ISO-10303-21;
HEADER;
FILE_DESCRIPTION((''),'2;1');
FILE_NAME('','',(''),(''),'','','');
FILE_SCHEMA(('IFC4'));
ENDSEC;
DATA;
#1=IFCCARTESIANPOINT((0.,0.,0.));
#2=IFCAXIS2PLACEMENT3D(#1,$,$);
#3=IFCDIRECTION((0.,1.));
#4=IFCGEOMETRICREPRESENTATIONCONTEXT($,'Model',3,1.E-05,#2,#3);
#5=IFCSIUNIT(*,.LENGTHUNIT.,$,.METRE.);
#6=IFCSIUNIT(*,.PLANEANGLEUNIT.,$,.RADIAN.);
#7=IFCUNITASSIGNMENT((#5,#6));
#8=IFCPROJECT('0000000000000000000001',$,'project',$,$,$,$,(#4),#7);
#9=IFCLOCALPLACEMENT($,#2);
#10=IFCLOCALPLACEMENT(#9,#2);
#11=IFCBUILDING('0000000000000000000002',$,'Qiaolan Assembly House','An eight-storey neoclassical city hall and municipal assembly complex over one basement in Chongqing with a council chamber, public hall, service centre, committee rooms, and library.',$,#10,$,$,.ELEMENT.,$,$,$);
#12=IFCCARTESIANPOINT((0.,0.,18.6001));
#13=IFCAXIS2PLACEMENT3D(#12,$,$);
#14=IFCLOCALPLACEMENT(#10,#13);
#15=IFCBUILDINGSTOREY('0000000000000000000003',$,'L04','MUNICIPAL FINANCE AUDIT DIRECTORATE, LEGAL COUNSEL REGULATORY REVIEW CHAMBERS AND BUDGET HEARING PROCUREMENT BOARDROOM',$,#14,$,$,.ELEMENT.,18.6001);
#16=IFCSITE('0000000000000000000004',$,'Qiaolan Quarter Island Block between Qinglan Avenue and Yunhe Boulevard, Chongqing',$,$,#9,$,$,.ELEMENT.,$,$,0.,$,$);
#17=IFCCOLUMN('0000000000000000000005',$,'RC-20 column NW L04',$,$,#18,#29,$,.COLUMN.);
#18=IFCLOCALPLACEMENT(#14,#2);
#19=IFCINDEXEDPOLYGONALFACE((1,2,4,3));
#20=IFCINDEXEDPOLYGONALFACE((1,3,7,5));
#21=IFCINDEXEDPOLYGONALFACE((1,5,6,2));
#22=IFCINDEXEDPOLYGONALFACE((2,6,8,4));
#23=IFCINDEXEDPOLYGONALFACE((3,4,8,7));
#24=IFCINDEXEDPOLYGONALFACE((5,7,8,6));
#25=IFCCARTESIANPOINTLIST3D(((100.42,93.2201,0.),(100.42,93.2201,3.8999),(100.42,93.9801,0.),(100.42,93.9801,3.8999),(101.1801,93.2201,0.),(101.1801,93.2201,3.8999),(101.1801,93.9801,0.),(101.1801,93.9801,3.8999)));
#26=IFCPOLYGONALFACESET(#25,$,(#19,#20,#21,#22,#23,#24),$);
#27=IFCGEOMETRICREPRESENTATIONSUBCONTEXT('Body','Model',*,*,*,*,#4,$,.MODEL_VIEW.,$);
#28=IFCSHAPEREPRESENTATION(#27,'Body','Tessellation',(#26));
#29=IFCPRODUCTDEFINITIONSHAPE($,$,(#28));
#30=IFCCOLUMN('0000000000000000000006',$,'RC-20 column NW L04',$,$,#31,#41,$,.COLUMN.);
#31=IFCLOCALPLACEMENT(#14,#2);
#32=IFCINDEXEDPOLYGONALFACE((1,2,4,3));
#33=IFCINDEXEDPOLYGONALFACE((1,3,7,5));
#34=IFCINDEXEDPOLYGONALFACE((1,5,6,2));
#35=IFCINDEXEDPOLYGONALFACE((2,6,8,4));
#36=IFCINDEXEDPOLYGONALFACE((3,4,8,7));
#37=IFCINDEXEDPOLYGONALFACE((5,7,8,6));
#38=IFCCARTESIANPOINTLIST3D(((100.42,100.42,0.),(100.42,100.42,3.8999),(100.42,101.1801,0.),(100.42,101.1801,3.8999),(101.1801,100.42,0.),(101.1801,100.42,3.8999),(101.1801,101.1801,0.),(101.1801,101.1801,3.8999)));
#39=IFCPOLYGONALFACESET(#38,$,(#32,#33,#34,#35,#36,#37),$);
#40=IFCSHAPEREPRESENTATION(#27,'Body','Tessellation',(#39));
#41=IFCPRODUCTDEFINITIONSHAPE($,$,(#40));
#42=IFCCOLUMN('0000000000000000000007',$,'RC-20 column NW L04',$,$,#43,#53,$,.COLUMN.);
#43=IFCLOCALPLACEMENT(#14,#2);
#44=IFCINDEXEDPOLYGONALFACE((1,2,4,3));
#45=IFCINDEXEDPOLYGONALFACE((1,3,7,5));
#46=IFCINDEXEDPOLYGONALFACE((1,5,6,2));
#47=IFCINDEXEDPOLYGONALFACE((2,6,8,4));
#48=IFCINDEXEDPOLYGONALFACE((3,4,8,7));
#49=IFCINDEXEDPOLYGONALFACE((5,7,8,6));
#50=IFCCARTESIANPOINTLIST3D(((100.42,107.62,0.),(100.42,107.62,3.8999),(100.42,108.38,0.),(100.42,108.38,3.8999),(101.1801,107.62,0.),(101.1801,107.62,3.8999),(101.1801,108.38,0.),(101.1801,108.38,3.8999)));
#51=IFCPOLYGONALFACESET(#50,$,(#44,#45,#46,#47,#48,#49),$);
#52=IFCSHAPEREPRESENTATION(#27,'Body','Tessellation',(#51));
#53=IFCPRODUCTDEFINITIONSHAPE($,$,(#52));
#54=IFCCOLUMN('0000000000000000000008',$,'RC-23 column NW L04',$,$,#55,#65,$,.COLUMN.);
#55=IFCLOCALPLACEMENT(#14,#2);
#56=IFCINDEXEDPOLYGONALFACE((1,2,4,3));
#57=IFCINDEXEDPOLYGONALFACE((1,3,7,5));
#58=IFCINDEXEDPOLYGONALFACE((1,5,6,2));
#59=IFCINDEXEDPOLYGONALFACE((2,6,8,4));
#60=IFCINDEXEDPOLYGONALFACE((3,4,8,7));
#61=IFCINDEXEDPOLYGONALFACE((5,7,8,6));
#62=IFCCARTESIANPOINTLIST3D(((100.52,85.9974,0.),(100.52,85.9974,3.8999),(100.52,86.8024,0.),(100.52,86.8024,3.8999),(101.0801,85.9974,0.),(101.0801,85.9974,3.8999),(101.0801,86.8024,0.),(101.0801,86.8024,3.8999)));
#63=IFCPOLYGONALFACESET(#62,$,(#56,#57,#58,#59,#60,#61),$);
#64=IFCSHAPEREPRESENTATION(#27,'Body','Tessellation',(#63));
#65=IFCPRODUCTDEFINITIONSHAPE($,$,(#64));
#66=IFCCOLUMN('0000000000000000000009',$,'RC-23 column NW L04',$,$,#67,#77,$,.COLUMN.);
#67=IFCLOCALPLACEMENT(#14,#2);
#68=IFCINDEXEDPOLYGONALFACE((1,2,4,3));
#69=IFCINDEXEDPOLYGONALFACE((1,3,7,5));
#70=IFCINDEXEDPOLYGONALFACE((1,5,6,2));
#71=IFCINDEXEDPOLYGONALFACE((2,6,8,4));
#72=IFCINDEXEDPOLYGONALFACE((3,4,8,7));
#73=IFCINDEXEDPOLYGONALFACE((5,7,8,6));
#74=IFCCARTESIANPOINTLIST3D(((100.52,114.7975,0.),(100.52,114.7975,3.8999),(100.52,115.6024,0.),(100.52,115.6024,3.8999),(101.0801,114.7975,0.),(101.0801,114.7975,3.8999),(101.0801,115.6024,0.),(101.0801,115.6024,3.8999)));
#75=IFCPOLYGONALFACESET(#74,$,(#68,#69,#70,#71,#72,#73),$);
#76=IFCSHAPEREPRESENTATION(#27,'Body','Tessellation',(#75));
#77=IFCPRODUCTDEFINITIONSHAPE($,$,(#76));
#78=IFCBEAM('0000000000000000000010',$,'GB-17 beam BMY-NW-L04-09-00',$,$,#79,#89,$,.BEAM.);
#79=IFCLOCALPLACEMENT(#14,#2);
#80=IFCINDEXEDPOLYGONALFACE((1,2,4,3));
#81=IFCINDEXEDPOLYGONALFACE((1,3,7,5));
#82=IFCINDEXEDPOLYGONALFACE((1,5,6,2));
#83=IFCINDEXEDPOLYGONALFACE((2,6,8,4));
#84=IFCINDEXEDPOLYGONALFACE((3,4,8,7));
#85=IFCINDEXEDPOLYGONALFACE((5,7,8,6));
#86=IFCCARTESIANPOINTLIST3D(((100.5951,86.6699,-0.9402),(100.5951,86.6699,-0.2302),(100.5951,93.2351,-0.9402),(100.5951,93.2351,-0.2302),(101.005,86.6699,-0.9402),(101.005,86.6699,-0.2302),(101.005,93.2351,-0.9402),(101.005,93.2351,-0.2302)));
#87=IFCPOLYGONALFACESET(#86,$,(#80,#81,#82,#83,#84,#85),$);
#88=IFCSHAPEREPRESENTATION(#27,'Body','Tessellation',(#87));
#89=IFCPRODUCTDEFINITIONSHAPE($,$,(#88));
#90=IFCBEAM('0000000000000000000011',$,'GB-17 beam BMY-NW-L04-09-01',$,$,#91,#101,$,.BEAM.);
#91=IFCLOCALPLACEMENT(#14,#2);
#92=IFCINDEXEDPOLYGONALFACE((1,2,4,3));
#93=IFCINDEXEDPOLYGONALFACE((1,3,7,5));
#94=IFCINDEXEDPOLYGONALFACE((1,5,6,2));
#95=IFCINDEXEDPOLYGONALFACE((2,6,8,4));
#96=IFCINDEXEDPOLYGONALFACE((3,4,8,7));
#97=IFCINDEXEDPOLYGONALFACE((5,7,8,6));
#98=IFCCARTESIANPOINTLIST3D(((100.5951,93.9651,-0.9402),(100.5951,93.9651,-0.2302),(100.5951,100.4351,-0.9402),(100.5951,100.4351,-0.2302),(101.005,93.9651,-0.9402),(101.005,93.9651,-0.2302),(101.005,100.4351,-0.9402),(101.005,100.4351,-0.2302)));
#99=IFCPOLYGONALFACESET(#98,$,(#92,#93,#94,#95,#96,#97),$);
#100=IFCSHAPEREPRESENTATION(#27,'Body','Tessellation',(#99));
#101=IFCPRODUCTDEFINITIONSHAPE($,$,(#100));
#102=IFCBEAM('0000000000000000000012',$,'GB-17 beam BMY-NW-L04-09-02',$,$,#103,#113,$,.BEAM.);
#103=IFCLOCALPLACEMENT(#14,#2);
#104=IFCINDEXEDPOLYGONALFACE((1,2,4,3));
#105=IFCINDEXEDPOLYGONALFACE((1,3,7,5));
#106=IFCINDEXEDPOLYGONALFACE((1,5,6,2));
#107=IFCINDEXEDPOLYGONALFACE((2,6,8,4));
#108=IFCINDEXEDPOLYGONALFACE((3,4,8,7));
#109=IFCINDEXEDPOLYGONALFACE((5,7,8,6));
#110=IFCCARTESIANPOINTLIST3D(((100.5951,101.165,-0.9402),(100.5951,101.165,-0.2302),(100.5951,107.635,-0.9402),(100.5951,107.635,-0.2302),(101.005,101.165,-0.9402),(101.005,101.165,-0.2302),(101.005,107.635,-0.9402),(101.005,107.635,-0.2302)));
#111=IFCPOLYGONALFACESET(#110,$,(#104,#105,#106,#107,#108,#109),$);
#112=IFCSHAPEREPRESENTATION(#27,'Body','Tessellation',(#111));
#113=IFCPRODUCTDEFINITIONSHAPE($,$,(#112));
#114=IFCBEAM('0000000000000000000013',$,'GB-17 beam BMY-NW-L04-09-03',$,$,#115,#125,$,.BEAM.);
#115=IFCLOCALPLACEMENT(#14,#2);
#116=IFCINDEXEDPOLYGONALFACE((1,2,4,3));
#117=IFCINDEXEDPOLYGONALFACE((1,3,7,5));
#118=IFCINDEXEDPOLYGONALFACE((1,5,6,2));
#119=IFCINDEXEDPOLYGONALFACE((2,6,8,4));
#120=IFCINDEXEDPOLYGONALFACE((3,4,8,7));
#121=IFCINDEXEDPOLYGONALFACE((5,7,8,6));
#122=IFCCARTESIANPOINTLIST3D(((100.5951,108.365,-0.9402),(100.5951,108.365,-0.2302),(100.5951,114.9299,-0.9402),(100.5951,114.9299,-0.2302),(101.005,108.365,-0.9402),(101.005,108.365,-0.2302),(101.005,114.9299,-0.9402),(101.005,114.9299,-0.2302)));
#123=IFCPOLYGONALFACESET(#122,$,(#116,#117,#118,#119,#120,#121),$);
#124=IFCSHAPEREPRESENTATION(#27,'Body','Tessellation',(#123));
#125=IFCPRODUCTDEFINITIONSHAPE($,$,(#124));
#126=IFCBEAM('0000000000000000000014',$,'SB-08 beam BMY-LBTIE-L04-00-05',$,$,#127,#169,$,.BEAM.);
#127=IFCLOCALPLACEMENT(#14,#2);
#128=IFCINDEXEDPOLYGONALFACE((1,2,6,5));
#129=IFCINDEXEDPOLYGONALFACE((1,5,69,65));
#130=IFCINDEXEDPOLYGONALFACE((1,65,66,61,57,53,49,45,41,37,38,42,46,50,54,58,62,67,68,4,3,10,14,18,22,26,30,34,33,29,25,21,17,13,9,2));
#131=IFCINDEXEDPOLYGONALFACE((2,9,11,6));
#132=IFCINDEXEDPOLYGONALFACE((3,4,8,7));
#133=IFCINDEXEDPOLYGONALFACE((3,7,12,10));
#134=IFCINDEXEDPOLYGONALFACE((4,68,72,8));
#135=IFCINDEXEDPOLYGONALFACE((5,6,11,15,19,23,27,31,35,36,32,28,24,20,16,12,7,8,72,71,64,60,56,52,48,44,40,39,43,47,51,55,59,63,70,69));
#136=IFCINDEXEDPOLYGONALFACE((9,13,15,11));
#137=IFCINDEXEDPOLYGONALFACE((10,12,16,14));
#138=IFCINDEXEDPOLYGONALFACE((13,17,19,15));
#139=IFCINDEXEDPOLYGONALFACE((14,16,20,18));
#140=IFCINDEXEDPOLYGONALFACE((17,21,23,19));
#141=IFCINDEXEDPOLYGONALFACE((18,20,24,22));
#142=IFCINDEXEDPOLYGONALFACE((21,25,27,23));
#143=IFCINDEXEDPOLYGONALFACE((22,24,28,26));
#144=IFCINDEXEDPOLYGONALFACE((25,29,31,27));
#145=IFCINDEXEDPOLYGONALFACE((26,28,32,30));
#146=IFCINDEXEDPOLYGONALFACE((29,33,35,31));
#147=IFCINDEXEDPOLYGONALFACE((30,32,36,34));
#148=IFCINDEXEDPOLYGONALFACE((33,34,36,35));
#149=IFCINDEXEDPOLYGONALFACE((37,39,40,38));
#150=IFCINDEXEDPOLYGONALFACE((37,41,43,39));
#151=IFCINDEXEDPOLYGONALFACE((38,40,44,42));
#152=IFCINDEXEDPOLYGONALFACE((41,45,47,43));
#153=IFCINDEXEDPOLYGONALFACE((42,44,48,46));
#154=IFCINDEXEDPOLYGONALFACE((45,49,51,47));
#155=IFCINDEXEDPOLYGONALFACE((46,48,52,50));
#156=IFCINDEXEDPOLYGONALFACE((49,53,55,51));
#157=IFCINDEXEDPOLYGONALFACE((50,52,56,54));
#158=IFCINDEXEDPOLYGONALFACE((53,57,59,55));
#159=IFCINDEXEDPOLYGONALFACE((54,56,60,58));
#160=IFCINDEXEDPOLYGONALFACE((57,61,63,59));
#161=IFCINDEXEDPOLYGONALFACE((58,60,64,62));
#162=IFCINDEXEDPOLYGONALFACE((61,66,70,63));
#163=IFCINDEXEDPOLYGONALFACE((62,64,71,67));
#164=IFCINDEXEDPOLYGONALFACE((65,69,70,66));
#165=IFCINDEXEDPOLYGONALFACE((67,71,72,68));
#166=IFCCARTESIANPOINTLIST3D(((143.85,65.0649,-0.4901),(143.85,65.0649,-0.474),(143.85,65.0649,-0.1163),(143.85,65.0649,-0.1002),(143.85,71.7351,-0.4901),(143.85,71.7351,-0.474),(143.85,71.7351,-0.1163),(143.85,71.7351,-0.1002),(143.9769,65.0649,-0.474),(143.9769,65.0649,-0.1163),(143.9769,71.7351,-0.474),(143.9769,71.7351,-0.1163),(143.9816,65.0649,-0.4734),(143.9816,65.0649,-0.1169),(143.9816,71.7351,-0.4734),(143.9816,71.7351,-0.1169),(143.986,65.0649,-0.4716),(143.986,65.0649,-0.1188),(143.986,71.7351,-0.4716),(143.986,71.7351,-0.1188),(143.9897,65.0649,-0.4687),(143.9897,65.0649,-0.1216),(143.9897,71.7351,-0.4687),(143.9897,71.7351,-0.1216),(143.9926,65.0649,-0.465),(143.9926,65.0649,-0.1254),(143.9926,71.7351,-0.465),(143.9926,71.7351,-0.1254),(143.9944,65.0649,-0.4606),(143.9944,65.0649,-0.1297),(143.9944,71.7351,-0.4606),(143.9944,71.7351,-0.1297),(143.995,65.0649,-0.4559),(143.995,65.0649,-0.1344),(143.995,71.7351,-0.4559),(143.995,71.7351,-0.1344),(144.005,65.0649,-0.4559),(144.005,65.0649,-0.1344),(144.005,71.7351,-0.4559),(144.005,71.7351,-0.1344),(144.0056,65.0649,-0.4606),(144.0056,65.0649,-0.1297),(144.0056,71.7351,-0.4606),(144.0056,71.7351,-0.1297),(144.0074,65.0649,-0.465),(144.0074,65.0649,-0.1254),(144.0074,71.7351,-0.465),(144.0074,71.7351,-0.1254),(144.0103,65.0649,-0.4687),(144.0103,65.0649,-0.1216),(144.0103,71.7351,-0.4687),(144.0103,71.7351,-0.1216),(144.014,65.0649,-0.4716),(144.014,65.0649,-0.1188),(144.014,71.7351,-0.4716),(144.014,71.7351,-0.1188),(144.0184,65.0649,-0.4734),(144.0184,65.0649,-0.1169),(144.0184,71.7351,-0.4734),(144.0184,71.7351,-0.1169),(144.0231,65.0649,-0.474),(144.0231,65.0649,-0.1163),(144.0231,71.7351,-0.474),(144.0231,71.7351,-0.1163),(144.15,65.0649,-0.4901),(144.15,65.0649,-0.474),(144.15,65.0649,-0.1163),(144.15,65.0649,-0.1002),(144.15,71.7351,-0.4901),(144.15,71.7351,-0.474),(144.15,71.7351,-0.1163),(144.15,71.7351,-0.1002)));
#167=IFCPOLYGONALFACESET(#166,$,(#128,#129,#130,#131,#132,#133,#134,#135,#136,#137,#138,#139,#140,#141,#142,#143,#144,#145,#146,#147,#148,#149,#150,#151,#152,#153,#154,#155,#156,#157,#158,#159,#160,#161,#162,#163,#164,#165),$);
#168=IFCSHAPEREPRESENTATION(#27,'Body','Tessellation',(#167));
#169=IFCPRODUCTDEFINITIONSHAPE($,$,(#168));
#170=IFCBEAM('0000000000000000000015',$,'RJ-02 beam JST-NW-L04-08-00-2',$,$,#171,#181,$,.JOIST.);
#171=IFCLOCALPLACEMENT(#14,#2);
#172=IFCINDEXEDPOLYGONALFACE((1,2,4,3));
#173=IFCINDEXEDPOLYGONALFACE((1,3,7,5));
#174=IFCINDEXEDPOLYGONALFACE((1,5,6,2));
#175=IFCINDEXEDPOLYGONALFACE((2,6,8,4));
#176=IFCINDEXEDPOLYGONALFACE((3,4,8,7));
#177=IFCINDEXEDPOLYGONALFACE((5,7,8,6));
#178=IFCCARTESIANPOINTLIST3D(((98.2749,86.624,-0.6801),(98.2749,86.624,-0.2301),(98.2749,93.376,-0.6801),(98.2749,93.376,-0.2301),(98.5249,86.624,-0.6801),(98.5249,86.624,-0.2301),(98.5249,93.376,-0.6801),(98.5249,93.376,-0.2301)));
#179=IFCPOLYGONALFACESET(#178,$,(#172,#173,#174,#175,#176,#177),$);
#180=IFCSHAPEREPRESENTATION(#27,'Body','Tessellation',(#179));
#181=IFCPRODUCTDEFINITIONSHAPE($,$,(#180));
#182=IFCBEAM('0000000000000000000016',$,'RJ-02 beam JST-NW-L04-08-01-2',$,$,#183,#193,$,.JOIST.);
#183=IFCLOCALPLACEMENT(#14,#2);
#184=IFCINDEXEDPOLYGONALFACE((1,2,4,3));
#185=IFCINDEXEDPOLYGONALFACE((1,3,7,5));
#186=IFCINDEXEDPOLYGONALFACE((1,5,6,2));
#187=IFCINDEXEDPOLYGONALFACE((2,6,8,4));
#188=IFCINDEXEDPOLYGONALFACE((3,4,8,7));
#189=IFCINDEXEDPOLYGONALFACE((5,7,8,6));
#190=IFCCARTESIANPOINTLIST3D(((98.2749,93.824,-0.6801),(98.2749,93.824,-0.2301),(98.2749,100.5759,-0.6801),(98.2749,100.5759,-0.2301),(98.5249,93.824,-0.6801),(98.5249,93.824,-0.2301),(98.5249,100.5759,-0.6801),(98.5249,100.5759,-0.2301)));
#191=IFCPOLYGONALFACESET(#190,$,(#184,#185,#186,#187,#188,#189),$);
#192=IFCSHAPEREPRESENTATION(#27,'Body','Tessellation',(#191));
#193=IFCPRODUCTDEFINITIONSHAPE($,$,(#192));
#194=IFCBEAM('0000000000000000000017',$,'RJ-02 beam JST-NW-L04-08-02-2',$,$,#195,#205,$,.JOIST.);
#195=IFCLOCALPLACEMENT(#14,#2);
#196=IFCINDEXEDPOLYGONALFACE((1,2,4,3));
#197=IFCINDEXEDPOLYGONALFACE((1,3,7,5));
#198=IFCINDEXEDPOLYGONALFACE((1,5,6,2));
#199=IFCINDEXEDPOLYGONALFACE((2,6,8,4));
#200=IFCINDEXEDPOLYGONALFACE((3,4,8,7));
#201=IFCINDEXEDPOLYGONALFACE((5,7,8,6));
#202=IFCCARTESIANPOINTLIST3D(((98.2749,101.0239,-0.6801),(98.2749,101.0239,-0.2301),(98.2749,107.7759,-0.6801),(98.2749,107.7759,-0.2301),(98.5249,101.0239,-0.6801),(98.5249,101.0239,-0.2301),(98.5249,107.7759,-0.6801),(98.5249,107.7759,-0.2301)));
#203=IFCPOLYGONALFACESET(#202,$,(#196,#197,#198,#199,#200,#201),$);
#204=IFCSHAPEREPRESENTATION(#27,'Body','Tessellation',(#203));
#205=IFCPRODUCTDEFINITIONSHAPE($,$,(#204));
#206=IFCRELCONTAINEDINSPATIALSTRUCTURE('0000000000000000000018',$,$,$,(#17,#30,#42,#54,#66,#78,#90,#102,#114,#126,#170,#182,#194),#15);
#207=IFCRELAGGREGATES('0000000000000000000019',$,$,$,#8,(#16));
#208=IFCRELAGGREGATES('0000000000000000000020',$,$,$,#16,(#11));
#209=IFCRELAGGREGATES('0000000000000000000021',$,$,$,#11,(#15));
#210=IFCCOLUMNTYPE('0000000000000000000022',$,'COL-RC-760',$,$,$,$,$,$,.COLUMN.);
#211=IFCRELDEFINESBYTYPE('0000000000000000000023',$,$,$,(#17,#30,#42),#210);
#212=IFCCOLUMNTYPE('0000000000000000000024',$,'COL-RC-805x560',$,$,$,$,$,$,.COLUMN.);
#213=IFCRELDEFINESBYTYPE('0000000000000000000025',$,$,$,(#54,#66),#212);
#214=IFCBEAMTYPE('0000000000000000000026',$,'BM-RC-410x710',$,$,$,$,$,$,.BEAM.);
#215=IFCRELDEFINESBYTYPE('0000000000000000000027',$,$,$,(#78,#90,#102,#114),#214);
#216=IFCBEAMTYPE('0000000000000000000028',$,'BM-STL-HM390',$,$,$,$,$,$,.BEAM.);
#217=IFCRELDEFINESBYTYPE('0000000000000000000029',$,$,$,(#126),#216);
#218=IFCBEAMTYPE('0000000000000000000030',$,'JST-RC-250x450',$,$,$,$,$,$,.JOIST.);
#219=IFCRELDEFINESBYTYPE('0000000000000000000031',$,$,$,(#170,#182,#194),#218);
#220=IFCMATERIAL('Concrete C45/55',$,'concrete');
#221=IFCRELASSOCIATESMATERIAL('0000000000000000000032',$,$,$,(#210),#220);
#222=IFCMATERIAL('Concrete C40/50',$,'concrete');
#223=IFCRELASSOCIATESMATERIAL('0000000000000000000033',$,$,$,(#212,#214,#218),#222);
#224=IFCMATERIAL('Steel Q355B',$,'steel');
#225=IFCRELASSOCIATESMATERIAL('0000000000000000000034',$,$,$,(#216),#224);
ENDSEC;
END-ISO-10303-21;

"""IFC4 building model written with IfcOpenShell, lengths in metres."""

from ifc_helpers import new_model, si_unit, direction, frame, origin, origin_2d, place, context, subcontext, project, spatial, rectangle, i_section, extrude, material, material_profile, profile_set, type_object, element, save


model = new_model("IFC4")

# Units and contexts
model_context = context("Model", 3, precision=1e-05, world=origin(), true_north=direction((0.0, 1.0)))
body_context = subcontext(model_context, "Body", "Model", "MODEL_VIEW")
ifc_project = project(units=[si_unit("LENGTHUNIT", "METRE"), si_unit("PLANEANGLEUNIT", "RADIAN")], contexts=[model_context])

# Site, building, storey
site_placement = place(None, origin())
site = spatial("IfcSite", under=ifc_project, at=site_placement, Name="Qiaolan Quarter Island Block between Qinglan Avenue and Yunhe Boulevard, Chongqing", CompositionType="ELEMENT", RefElevation=0.0)
building_placement = place(site_placement, origin())
building = spatial("IfcBuilding", under=site, at=building_placement, Name="Qiaolan Assembly House", Description="An eight-storey neoclassical city hall and municipal assembly complex over one basement in Chongqing with a council chamber, public hall, service centre, committee rooms, and library.", CompositionType="ELEMENT")
storey_placement = place(building_placement, frame((0.0, 0.0, 18.6001)))
storey = spatial("IfcBuildingStorey", under=building, at=storey_placement, Name="L04", Description="MUNICIPAL FINANCE AUDIT DIRECTORATE, LEGAL COUNSEL REGULATORY REVIEW CHAMBERS AND BUDGET HEARING PROCUREMENT BOARDROOM", CompositionType="ELEMENT", Elevation=18.6001)

# Columns
ifc_material_1 = material(Name="Concrete C45/55", Category="concrete")
ifc_material_profile_1 = material_profile(ifc_material_1, rectangle(XDim=0.76, YDim=0.76, at=origin_2d()), Name="RC 760x760")
ifc_profile_set_1 = profile_set([ifc_material_profile_1], Name="Concrete C45/55")
column_type_1 = type_object("IfcColumnType", Name="COL-RC-760", PredefinedType="COLUMN", material=ifc_profile_set_1)
for number, where, z_axis, x_axis, name in (
    (1, (100.8, 93.6001, 0.0), (0.0, 0.0, 1.0), (1.0, 0.0, 0.0), "RC-20 column NW L04"),
    (2, (100.8, 100.8, 0.0), (0.0, 0.0, 1.0), (1.0, 0.0, 0.0), "RC-20 column NW L04"),
    (3, (100.8, 108.0, 0.0), (0.0, 0.0, 1.0), (1.0, 0.0, 0.0), "RC-20 column NW L04"),
):
    element("IfcColumn", number, at=place(storey_placement, frame(where, z_axis=z_axis, x_axis=x_axis)), inside=storey, type_object=column_type_1, Name=name, PredefinedType="COLUMN", context=body_context, shape_type="SweptSolid", body=[
        extrude(rectangle(XDim=0.76, YDim=0.76, at=origin_2d()), origin(), (0.0, 0.0, 1.0), 3.8999),
    ])
ifc_material_2 = material(Name="Concrete C40/50", Category="concrete")
ifc_material_profile_2 = material_profile(ifc_material_2, rectangle(XDim=0.5601, YDim=0.8049, at=origin_2d()), Name="RC 805x560")
ifc_profile_set_2 = profile_set([ifc_material_profile_2], Name="Concrete C40/50")
column_type_2 = type_object("IfcColumnType", Name="COL-RC-805x560", PredefinedType="COLUMN", material=ifc_profile_set_2)
for number, where, z_axis, x_axis, name in (
    (4, (100.8, 86.3999, 0.0), (0.0, 0.0, 1.0), (1.0, 0.0, 0.0), "RC-23 column NW L04"),
    (5, (100.8, 115.2, 0.0), (0.0, 0.0, 1.0), (1.0, 0.0, 0.0), "RC-23 column NW L04"),
):
    element("IfcColumn", number, at=place(storey_placement, frame(where, z_axis=z_axis, x_axis=x_axis)), inside=storey, type_object=column_type_2, Name=name, PredefinedType="COLUMN", context=body_context, shape_type="SweptSolid", body=[
        extrude(rectangle(XDim=0.5601, YDim=0.8049, at=origin_2d()), origin(), (0.0, 0.0, 1.0), 3.8999),
    ])

# Beams
ifc_material_profile_3 = material_profile(ifc_material_2, rectangle(XDim=0.4099, YDim=0.71, at=origin_2d()), Name="RCB 410x710")
ifc_profile_set_3 = profile_set([ifc_material_profile_3], Name="Concrete C40/50")
beam_type_1 = type_object("IfcBeamType", Name="BM-RC-410x710", PredefinedType="BEAM", material=ifc_profile_set_3)
beam_1_placement = place(storey_placement, frame((100.8, 86.6699, -0.5852), z_axis=(0.0, 1.0, 0.0), x_axis=(-1.0, 0.0, 0.0)))
element("IfcBeam", 6, at=beam_1_placement, inside=storey, type_object=beam_type_1, Name="GB-17 beam BMY-NW-L04-09-00", PredefinedType="BEAM", context=body_context, shape_type="SweptSolid", body=[
    extrude(rectangle(XDim=0.4099, YDim=0.71, at=origin_2d()), origin(), (0.0, 0.0, 1.0), 6.5652),
])
for number, where, z_axis, x_axis, name in (
    (7, (100.8, 93.9651, -0.5852), (0.0, 1.0, 0.0), (-1.0, 0.0, 0.0), "GB-17 beam BMY-NW-L04-09-01"),
    (8, (100.8, 101.165, -0.5852), (0.0, 1.0, 0.0), (-1.0, 0.0, 0.0), "GB-17 beam BMY-NW-L04-09-02"),
):
    element("IfcBeam", number, at=place(storey_placement, frame(where, z_axis=z_axis, x_axis=x_axis)), inside=storey, type_object=beam_type_1, Name=name, PredefinedType="BEAM", context=body_context, shape_type="SweptSolid", body=[
        extrude(rectangle(XDim=0.4099, YDim=0.71, at=origin_2d()), origin(), (0.0, 0.0, 1.0), 6.47),
    ])
beam_2_placement = place(storey_placement, frame((100.8, 108.365, -0.5852), z_axis=(0.0, 1.0, 0.0), x_axis=(-1.0, 0.0, 0.0)))
element("IfcBeam", 9, at=beam_2_placement, inside=storey, type_object=beam_type_1, Name="GB-17 beam BMY-NW-L04-09-03", PredefinedType="BEAM", context=body_context, shape_type="SweptSolid", body=[
    extrude(rectangle(XDim=0.4099, YDim=0.71, at=origin_2d()), origin(), (0.0, 0.0, 1.0), 6.5649),
])
ifc_material_3 = material(Name="Steel Q355B", Category="steel")
ifc_material_profile_4 = material_profile(ifc_material_3, i_section(OverallWidth=0.3, OverallDepth=0.3899, WebThickness=0.01, FlangeThickness=0.0161, FilletRadius=0.0181, at=origin_2d()), Name="HM 390x300x10x16")
ifc_profile_set_4 = profile_set([ifc_material_profile_4], Name="Steel Q355B")
beam_type_2 = type_object("IfcBeamType", Name="BM-STL-HM390", PredefinedType="BEAM", material=ifc_profile_set_4)
beam_3_placement = place(storey_placement, frame((144.0, 65.0649, -0.2952), z_axis=(0.0, 1.0, 0.0), x_axis=(-1.0, 0.0, 0.0)))
element("IfcBeam", 10, at=beam_3_placement, inside=storey, type_object=beam_type_2, Name="SB-08 beam BMY-LBTIE-L04-00-05", PredefinedType="BEAM", context=body_context, shape_type="SweptSolid", body=[
    extrude(i_section(OverallWidth=0.3, OverallDepth=0.3899, WebThickness=0.01, FlangeThickness=0.0161, FilletRadius=0.0181, at=origin_2d()), origin(), (0.0, 0.0, 1.0), 6.6702),
])
ifc_material_profile_5 = material_profile(ifc_material_2, rectangle(XDim=0.25, YDim=0.45, at=origin_2d()), Name="RCB 250x450")
ifc_profile_set_5 = profile_set([ifc_material_profile_5], Name="Concrete C40/50")
beam_type_3 = type_object("IfcBeamType", Name="JST-RC-250x450", PredefinedType="JOIST", material=ifc_profile_set_5)
for number, where, z_axis, x_axis, name in (
    (11, (98.3999, 86.624, -0.4551), (0.0, 1.0, 0.0), (-1.0, 0.0, 0.0), "RJ-02 beam JST-NW-L04-08-00-2"),
    (12, (98.3999, 93.824, -0.4551), (0.0, 1.0, 0.0), (-1.0, 0.0, 0.0), "RJ-02 beam JST-NW-L04-08-01-2"),
    (13, (98.3999, 101.0239, -0.4551), (0.0, 1.0, 0.0), (-1.0, 0.0, 0.0), "RJ-02 beam JST-NW-L04-08-02-2"),
):
    element("IfcBeam", number, at=place(storey_placement, frame(where, z_axis=z_axis, x_axis=x_axis)), inside=storey, type_object=beam_type_3, Name=name, PredefinedType="JOIST", context=body_context, shape_type="SweptSolid", body=[
        extrude(rectangle(XDim=0.25, YDim=0.45, at=origin_2d()), origin(), (0.0, 0.0, 1.0), 6.752),
    ])

save(model, "model.ifc")
